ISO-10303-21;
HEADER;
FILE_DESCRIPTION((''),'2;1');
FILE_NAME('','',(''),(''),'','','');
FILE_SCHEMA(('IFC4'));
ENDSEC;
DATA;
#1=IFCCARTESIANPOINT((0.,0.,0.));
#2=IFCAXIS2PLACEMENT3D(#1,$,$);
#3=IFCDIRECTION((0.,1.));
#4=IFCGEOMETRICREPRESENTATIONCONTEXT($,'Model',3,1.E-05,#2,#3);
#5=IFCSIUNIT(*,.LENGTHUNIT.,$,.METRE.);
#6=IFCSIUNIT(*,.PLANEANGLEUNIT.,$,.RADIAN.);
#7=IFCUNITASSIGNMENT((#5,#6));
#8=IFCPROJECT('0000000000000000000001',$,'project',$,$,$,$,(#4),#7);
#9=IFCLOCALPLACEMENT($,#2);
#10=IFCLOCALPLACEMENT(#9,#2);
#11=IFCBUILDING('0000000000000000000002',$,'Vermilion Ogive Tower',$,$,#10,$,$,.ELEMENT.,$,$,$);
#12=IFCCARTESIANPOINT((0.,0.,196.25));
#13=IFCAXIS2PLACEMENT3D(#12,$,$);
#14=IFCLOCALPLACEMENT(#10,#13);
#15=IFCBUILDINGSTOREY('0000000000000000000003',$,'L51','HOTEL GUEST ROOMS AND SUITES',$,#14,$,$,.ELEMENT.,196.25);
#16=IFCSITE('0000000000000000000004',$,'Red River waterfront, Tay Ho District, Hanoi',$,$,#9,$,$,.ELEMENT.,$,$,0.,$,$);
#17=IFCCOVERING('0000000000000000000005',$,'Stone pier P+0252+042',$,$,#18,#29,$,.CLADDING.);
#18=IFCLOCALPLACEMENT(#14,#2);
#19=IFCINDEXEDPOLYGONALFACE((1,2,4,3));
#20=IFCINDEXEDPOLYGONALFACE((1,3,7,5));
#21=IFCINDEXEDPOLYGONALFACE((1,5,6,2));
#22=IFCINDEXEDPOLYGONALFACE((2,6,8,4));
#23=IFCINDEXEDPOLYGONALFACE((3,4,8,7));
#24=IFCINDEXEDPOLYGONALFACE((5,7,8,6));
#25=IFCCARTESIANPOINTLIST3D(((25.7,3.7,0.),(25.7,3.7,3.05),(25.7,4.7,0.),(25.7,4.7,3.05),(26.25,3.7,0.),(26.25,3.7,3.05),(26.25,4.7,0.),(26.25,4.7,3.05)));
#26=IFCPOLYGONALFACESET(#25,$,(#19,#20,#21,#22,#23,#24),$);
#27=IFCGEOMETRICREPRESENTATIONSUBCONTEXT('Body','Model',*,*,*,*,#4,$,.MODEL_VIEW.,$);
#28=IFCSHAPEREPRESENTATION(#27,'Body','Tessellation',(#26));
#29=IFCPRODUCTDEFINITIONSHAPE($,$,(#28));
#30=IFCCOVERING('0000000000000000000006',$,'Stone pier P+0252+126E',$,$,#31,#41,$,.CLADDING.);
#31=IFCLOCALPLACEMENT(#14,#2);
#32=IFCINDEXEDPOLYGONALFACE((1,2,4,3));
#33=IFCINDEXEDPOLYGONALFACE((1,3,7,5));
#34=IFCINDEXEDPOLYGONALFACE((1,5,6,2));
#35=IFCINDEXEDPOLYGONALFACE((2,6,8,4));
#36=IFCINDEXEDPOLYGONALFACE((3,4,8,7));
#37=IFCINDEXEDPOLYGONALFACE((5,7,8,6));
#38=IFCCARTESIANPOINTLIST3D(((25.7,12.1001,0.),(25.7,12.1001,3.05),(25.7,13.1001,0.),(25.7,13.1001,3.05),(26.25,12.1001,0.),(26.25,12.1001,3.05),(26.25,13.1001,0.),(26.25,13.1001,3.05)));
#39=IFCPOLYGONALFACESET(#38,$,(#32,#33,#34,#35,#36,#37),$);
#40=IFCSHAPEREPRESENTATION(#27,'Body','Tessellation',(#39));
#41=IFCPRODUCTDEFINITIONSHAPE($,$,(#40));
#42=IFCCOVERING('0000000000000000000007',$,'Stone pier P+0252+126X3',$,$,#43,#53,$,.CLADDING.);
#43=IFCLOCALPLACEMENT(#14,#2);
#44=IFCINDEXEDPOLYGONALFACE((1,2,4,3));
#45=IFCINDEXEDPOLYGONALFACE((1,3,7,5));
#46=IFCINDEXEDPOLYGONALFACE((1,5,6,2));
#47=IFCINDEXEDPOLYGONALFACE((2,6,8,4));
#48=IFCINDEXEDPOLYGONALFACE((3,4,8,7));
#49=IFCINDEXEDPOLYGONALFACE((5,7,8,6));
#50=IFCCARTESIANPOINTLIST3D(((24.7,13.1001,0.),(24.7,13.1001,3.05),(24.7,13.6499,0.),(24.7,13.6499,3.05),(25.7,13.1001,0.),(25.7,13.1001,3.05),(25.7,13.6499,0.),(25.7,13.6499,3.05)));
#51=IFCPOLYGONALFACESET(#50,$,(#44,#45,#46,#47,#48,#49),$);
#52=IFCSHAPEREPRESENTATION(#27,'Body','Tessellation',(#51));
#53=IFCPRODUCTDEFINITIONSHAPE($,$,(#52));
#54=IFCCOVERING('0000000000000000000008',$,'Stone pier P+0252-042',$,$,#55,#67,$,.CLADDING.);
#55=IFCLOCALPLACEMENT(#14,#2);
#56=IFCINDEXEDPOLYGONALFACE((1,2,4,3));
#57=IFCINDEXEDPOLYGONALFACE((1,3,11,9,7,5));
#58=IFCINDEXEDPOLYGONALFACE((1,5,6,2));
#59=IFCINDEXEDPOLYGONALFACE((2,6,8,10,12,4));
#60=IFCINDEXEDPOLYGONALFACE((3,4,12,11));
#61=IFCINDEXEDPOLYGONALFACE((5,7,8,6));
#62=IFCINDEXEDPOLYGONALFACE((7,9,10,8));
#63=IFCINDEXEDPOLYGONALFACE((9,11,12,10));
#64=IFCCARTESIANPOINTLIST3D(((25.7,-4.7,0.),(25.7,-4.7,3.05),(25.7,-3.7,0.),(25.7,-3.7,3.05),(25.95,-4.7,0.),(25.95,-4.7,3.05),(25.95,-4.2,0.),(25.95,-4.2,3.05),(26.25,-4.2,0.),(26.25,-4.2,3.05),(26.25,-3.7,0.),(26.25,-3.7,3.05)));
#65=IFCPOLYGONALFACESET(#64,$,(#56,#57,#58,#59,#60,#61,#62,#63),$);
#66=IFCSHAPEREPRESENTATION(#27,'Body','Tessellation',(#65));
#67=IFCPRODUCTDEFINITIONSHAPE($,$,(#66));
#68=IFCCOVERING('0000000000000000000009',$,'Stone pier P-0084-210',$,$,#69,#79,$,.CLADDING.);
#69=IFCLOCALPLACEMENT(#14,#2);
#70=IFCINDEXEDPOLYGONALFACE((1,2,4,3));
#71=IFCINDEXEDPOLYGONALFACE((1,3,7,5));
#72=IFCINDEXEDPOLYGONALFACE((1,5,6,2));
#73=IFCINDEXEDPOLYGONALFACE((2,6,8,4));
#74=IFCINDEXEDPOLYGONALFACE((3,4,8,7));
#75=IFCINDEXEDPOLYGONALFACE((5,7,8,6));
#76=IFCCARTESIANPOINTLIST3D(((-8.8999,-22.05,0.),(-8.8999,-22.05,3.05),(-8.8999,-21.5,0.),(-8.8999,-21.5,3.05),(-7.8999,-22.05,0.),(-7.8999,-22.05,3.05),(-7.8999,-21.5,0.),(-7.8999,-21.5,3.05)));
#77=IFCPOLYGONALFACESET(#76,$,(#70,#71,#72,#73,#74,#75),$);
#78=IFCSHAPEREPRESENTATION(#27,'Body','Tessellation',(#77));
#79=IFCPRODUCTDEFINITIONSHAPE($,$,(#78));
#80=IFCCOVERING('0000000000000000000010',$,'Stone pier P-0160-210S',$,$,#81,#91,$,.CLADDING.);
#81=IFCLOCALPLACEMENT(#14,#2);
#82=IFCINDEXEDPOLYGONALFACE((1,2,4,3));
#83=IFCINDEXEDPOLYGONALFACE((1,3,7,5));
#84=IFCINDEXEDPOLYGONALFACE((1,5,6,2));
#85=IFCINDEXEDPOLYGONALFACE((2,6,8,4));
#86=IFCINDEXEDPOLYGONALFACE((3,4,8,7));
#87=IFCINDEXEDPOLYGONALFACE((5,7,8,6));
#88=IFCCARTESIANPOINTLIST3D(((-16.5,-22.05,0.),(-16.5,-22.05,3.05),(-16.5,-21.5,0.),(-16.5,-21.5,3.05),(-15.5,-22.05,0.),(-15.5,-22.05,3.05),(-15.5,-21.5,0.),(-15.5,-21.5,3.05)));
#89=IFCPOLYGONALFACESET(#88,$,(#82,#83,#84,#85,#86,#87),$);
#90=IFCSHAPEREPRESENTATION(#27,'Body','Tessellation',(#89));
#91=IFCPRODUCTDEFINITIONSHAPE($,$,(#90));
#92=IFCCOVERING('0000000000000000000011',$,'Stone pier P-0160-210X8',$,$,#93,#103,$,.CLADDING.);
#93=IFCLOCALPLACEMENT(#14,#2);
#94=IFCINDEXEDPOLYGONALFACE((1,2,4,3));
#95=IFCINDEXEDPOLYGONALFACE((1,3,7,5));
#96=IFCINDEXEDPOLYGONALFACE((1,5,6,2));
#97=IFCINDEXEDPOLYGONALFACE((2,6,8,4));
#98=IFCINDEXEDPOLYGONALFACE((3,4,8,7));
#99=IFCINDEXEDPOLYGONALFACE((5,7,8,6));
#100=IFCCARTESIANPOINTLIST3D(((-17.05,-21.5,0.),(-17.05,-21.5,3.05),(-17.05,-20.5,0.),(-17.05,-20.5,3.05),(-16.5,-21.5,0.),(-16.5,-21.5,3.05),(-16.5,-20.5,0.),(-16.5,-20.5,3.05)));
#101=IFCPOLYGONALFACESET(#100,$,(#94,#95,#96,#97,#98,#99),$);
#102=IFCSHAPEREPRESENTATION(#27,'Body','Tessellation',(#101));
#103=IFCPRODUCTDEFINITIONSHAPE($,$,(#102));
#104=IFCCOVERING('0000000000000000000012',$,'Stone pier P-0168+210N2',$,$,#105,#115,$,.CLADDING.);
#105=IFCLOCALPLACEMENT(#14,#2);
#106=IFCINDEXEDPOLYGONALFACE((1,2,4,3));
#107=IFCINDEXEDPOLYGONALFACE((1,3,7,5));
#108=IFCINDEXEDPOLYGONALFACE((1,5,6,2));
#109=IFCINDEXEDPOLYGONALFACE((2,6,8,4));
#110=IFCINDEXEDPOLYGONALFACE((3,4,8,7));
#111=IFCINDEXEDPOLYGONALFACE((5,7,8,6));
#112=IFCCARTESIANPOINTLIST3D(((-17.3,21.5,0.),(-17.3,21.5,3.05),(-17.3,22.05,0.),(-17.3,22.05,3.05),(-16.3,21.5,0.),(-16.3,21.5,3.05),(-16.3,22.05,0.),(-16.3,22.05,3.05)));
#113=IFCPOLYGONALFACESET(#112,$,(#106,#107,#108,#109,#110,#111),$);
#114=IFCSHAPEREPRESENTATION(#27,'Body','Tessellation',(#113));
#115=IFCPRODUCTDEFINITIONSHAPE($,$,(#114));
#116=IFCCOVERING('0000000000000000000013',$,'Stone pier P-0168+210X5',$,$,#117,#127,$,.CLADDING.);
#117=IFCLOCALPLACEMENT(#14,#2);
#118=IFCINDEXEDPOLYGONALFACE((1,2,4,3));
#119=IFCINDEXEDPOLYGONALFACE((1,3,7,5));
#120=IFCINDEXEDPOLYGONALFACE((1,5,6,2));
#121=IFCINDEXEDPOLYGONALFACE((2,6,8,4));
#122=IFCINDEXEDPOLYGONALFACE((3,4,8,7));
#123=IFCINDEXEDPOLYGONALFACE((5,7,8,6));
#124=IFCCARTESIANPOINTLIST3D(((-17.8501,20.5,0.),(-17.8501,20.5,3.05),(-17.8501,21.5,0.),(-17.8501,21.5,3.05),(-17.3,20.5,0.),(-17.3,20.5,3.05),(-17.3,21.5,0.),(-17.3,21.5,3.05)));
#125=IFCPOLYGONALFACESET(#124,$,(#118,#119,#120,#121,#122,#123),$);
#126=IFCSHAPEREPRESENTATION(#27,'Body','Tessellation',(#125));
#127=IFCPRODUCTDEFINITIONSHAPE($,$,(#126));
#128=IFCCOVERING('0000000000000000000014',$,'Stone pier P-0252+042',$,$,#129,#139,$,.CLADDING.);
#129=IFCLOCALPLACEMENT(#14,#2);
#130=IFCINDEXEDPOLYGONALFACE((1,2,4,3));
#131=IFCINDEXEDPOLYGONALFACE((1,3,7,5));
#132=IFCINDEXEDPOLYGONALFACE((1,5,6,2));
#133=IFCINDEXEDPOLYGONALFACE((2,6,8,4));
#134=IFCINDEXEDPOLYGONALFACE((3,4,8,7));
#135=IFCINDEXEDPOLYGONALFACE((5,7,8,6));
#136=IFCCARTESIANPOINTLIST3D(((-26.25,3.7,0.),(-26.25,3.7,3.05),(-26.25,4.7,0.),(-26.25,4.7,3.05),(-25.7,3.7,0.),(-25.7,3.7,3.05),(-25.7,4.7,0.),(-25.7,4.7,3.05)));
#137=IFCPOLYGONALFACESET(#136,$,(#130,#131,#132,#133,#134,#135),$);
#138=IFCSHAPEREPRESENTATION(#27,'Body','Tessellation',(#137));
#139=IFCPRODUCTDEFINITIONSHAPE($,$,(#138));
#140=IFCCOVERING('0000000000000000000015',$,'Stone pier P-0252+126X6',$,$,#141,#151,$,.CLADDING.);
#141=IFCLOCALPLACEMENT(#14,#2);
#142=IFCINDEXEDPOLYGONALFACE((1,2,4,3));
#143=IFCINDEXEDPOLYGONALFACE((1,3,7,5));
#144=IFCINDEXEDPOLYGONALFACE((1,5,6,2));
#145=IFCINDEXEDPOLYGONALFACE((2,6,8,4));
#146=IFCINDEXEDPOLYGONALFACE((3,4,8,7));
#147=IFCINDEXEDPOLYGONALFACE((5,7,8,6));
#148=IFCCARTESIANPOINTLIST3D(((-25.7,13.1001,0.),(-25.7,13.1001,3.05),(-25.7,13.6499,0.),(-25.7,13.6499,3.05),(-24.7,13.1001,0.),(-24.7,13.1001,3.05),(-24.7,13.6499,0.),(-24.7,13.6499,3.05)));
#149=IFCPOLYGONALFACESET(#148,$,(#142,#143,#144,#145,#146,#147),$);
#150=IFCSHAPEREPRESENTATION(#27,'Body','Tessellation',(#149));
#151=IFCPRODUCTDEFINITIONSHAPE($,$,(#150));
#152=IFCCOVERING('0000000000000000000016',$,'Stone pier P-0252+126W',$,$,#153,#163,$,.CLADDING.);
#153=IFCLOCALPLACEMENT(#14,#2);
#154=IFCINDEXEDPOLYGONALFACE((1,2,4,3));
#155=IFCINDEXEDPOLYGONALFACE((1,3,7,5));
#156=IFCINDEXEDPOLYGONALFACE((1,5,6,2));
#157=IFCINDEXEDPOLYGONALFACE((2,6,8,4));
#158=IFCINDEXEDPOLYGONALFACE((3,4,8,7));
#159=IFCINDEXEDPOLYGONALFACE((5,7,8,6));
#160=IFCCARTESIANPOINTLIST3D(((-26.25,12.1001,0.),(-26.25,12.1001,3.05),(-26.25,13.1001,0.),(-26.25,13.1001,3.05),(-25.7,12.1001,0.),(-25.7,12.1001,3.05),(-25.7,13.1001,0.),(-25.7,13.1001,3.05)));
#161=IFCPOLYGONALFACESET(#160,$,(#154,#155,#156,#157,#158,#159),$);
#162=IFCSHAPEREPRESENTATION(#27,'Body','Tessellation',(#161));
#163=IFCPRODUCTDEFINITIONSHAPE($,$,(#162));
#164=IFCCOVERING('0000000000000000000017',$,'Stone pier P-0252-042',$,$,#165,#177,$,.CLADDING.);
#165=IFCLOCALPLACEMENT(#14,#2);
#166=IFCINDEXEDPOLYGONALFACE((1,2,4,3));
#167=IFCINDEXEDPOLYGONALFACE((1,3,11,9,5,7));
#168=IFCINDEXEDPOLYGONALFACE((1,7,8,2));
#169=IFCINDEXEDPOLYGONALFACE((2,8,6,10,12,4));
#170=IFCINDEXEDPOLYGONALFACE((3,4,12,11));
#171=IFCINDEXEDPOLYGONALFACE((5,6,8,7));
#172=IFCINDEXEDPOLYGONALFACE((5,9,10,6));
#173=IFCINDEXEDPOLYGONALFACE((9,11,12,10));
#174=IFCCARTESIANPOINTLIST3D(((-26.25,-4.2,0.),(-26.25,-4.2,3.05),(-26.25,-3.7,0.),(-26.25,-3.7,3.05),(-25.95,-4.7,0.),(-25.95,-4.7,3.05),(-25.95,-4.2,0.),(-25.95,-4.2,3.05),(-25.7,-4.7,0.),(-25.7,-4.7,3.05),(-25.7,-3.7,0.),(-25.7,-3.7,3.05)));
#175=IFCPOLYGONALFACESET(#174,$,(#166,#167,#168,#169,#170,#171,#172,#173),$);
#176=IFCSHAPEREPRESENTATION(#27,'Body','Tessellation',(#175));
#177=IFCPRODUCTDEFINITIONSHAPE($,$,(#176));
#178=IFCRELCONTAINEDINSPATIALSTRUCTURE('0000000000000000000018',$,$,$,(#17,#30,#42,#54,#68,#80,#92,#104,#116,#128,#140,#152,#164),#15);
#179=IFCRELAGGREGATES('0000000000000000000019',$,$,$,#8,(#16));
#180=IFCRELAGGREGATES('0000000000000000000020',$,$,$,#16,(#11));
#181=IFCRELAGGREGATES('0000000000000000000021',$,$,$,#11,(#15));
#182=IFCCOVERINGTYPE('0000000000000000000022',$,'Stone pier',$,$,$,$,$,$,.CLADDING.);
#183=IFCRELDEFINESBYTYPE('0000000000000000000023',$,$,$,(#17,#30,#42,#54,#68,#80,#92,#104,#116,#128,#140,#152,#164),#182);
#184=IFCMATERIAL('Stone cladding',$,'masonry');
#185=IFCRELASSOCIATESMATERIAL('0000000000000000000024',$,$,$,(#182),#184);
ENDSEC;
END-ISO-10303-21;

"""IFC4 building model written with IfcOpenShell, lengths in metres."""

from ifc_helpers import new_model, si_unit, direction, frame, origin, place, context, subcontext, project, spatial, polyline, outline, extrude, material, type_object, element, save


model = new_model("IFC4")

# Units and contexts
model_context = context("Model", 3, precision=1e-05, world=origin(), true_north=direction((0.0, 1.0)))
body_context = subcontext(model_context, "Body", "Model", "MODEL_VIEW")
ifc_project = project(units=[si_unit("LENGTHUNIT", "METRE"), si_unit("PLANEANGLEUNIT", "RADIAN")], contexts=[model_context])

# Site, building, storey
site_placement = place(None, origin())
site = spatial("IfcSite", under=ifc_project, at=site_placement, Name="Red River waterfront, Tay Ho District, Hanoi", CompositionType="ELEMENT", RefElevation=0.0)
building_placement = place(site_placement, origin())
building = spatial("IfcBuilding", under=site, at=building_placement, Name="Vermilion Ogive Tower", CompositionType="ELEMENT")
storey_placement = place(building_placement, frame((0.0, 0.0, 196.25)))
storey = spatial("IfcBuildingStorey", under=building, at=storey_placement, Name="L51", Description="HOTEL GUEST ROOMS AND SUITES", CompositionType="ELEMENT", Elevation=196.25)

# Coverings
ifc_material_1 = material(Name="Stone cladding", Category="masonry")
covering_type = type_object("IfcCoveringType", Name="Stone pier", PredefinedType="CLADDING", material=ifc_material_1)
covering_1_placement = place(storey_placement, origin())
element("IfcCovering", 1, at=covering_1_placement, inside=storey, type_object=covering_type, Name="Stone pier P+0252+042", PredefinedType="CLADDING", context=body_context, shape_type="SweptSolid", body=[
    extrude(outline(polyline([(25.7, 4.7), (26.25, 4.7), (26.25, 3.7), (25.7, 3.7), (25.7, 4.7), (25.7, 4.7)])), origin(), (0.0, 0.0, 1.0), 3.05),
])
covering_2_placement = place(storey_placement, origin())
element("IfcCovering", 2, at=covering_2_placement, inside=storey, type_object=covering_type, Name="Stone pier P+0252+126E", PredefinedType="CLADDING", context=body_context, shape_type="SweptSolid", body=[
    extrude(outline(polyline([(26.25, 13.1001), (26.25, 12.1001), (25.7, 12.1001), (25.7, 13.1001), (26.25, 13.1001)])), origin(), (0.0, 0.0, 1.0), 3.05),
])
covering_3_placement = place(storey_placement, origin())
element("IfcCovering", 3, at=covering_3_placement, inside=storey, type_object=covering_type, Name="Stone pier P+0252+126X3", PredefinedType="CLADDING", context=body_context, shape_type="SweptSolid", body=[
    extrude(outline(polyline([(25.7, 13.6499), (25.7, 13.1001), (24.7, 13.1001), (24.7, 13.6499), (25.7, 13.6499)])), origin(), (0.0, 0.0, 1.0), 3.05),
])
covering_4_placement = place(storey_placement, origin())
element("IfcCovering", 4, at=covering_4_placement, inside=storey, type_object=covering_type, Name="Stone pier P+0252-042", PredefinedType="CLADDING", context=body_context, shape_type="SweptSolid", body=[
    extrude(outline(polyline([(25.7, -3.7), (26.25, -3.7), (26.25, -4.2), (25.95, -4.2), (25.95, -4.7), (25.7, -4.7), (25.7, -4.7), (25.7, -3.7)])), origin(), (0.0, 0.0, 1.0), 3.05),
])
covering_5_placement = place(storey_placement, origin())
element("IfcCovering", 5, at=covering_5_placement, inside=storey, type_object=covering_type, Name="Stone pier P-0084-210", PredefinedType="CLADDING", context=body_context, shape_type="SweptSolid", body=[
    extrude(outline(polyline([(-7.8999, -22.05), (-8.8999, -22.05), (-8.8999, -21.5), (-7.8999, -21.5), (-7.8999, -22.05)])), origin(), (0.0, 0.0, 1.0), 3.05),
])
covering_6_placement = place(storey_placement, origin())
element("IfcCovering", 6, at=covering_6_placement, inside=storey, type_object=covering_type, Name="Stone pier P-0160-210S", PredefinedType="CLADDING", context=body_context, shape_type="SweptSolid", body=[
    extrude(outline(polyline([(-15.5, -22.05), (-16.5, -22.05), (-16.5, -21.5), (-15.5, -21.5), (-15.5, -22.05)])), origin(), (0.0, 0.0, 1.0), 3.05),
])
covering_7_placement = place(storey_placement, origin())
element("IfcCovering", 7, at=covering_7_placement, inside=storey, type_object=covering_type, Name="Stone pier P-0160-210X8", PredefinedType="CLADDING", context=body_context, shape_type="SweptSolid", body=[
    extrude(outline(polyline([(-17.05, -20.5), (-16.5, -20.5), (-16.5, -21.5), (-17.05, -21.5), (-17.05, -20.5)])), origin(), (0.0, 0.0, 1.0), 3.05),
])
covering_8_placement = place(storey_placement, origin())
element("IfcCovering", 8, at=covering_8_placement, inside=storey, type_object=covering_type, Name="Stone pier P-0168+210N2", PredefinedType="CLADDING", context=body_context, shape_type="SweptSolid", body=[
    extrude(outline(polyline([(-17.3, 21.5), (-17.3, 22.05), (-16.3, 22.05), (-16.3, 21.5), (-17.3, 21.5), (-17.3, 21.5)])), origin(), (0.0, 0.0, 1.0), 3.05),
])
covering_9_placement = place(storey_placement, origin())
element("IfcCovering", 9, at=covering_9_placement, inside=storey, type_object=covering_type, Name="Stone pier P-0168+210X5", PredefinedType="CLADDING", context=body_context, shape_type="SweptSolid", body=[
    extrude(outline(polyline([(-17.8501, 21.5), (-17.3, 21.5), (-17.3, 21.5), (-17.3, 20.5), (-17.8501, 20.5), (-17.8501, 21.5)])), origin(), (0.0, 0.0, 1.0), 3.05),
])
covering_10_placement = place(storey_placement, origin())
element("IfcCovering", 10, at=covering_10_placement, inside=storey, type_object=covering_type, Name="Stone pier P-0252+042", PredefinedType="CLADDING", context=body_context, shape_type="SweptSolid", body=[
    extrude(outline(polyline([(-25.7, 3.7), (-26.25, 3.7), (-26.25, 4.7), (-25.7, 4.7), (-25.7, 4.7), (-25.7, 3.7)])), origin(), (0.0, 0.0, 1.0), 3.05),
])
covering_11_placement = place(storey_placement, origin())
element("IfcCovering", 11, at=covering_11_placement, inside=storey, type_object=covering_type, Name="Stone pier P-0252+126X6", PredefinedType="CLADDING", context=body_context, shape_type="SweptSolid", body=[
    extrude(outline(polyline([(-25.7, 13.1001), (-25.7, 13.6499), (-24.7, 13.6499), (-24.7, 13.1001), (-24.7, 13.1001), (-25.7, 13.1001)])), origin(), (0.0, 0.0, 1.0), 3.05),
])
covering_12_placement = place(storey_placement, origin())
element("IfcCovering", 12, at=covering_12_placement, inside=storey, type_object=covering_type, Name="Stone pier P-0252+126W", PredefinedType="CLADDING", context=body_context, shape_type="SweptSolid", body=[
    extrude(outline(polyline([(-26.25, 13.1001), (-25.7, 13.1001), (-25.7, 12.1001), (-26.25, 12.1001), (-26.25, 13.1001)])), origin(), (0.0, 0.0, 1.0), 3.05),
])
covering_13_placement = place(storey_placement, origin())
element("IfcCovering", 13, at=covering_13_placement, inside=storey, type_object=covering_type, Name="Stone pier P-0252-042", PredefinedType="CLADDING", context=body_context, shape_type="SweptSolid", body=[
    extrude(outline(polyline([(-25.7, -4.7), (-25.95, -4.7), (-25.95, -4.2), (-26.25, -4.2), (-26.25, -3.7), (-25.7, -3.7), (-25.7, -4.7), (-25.7, -4.7)])), origin(), (0.0, 0.0, 1.0), 3.05),
])

save(model, "model.ifc")
